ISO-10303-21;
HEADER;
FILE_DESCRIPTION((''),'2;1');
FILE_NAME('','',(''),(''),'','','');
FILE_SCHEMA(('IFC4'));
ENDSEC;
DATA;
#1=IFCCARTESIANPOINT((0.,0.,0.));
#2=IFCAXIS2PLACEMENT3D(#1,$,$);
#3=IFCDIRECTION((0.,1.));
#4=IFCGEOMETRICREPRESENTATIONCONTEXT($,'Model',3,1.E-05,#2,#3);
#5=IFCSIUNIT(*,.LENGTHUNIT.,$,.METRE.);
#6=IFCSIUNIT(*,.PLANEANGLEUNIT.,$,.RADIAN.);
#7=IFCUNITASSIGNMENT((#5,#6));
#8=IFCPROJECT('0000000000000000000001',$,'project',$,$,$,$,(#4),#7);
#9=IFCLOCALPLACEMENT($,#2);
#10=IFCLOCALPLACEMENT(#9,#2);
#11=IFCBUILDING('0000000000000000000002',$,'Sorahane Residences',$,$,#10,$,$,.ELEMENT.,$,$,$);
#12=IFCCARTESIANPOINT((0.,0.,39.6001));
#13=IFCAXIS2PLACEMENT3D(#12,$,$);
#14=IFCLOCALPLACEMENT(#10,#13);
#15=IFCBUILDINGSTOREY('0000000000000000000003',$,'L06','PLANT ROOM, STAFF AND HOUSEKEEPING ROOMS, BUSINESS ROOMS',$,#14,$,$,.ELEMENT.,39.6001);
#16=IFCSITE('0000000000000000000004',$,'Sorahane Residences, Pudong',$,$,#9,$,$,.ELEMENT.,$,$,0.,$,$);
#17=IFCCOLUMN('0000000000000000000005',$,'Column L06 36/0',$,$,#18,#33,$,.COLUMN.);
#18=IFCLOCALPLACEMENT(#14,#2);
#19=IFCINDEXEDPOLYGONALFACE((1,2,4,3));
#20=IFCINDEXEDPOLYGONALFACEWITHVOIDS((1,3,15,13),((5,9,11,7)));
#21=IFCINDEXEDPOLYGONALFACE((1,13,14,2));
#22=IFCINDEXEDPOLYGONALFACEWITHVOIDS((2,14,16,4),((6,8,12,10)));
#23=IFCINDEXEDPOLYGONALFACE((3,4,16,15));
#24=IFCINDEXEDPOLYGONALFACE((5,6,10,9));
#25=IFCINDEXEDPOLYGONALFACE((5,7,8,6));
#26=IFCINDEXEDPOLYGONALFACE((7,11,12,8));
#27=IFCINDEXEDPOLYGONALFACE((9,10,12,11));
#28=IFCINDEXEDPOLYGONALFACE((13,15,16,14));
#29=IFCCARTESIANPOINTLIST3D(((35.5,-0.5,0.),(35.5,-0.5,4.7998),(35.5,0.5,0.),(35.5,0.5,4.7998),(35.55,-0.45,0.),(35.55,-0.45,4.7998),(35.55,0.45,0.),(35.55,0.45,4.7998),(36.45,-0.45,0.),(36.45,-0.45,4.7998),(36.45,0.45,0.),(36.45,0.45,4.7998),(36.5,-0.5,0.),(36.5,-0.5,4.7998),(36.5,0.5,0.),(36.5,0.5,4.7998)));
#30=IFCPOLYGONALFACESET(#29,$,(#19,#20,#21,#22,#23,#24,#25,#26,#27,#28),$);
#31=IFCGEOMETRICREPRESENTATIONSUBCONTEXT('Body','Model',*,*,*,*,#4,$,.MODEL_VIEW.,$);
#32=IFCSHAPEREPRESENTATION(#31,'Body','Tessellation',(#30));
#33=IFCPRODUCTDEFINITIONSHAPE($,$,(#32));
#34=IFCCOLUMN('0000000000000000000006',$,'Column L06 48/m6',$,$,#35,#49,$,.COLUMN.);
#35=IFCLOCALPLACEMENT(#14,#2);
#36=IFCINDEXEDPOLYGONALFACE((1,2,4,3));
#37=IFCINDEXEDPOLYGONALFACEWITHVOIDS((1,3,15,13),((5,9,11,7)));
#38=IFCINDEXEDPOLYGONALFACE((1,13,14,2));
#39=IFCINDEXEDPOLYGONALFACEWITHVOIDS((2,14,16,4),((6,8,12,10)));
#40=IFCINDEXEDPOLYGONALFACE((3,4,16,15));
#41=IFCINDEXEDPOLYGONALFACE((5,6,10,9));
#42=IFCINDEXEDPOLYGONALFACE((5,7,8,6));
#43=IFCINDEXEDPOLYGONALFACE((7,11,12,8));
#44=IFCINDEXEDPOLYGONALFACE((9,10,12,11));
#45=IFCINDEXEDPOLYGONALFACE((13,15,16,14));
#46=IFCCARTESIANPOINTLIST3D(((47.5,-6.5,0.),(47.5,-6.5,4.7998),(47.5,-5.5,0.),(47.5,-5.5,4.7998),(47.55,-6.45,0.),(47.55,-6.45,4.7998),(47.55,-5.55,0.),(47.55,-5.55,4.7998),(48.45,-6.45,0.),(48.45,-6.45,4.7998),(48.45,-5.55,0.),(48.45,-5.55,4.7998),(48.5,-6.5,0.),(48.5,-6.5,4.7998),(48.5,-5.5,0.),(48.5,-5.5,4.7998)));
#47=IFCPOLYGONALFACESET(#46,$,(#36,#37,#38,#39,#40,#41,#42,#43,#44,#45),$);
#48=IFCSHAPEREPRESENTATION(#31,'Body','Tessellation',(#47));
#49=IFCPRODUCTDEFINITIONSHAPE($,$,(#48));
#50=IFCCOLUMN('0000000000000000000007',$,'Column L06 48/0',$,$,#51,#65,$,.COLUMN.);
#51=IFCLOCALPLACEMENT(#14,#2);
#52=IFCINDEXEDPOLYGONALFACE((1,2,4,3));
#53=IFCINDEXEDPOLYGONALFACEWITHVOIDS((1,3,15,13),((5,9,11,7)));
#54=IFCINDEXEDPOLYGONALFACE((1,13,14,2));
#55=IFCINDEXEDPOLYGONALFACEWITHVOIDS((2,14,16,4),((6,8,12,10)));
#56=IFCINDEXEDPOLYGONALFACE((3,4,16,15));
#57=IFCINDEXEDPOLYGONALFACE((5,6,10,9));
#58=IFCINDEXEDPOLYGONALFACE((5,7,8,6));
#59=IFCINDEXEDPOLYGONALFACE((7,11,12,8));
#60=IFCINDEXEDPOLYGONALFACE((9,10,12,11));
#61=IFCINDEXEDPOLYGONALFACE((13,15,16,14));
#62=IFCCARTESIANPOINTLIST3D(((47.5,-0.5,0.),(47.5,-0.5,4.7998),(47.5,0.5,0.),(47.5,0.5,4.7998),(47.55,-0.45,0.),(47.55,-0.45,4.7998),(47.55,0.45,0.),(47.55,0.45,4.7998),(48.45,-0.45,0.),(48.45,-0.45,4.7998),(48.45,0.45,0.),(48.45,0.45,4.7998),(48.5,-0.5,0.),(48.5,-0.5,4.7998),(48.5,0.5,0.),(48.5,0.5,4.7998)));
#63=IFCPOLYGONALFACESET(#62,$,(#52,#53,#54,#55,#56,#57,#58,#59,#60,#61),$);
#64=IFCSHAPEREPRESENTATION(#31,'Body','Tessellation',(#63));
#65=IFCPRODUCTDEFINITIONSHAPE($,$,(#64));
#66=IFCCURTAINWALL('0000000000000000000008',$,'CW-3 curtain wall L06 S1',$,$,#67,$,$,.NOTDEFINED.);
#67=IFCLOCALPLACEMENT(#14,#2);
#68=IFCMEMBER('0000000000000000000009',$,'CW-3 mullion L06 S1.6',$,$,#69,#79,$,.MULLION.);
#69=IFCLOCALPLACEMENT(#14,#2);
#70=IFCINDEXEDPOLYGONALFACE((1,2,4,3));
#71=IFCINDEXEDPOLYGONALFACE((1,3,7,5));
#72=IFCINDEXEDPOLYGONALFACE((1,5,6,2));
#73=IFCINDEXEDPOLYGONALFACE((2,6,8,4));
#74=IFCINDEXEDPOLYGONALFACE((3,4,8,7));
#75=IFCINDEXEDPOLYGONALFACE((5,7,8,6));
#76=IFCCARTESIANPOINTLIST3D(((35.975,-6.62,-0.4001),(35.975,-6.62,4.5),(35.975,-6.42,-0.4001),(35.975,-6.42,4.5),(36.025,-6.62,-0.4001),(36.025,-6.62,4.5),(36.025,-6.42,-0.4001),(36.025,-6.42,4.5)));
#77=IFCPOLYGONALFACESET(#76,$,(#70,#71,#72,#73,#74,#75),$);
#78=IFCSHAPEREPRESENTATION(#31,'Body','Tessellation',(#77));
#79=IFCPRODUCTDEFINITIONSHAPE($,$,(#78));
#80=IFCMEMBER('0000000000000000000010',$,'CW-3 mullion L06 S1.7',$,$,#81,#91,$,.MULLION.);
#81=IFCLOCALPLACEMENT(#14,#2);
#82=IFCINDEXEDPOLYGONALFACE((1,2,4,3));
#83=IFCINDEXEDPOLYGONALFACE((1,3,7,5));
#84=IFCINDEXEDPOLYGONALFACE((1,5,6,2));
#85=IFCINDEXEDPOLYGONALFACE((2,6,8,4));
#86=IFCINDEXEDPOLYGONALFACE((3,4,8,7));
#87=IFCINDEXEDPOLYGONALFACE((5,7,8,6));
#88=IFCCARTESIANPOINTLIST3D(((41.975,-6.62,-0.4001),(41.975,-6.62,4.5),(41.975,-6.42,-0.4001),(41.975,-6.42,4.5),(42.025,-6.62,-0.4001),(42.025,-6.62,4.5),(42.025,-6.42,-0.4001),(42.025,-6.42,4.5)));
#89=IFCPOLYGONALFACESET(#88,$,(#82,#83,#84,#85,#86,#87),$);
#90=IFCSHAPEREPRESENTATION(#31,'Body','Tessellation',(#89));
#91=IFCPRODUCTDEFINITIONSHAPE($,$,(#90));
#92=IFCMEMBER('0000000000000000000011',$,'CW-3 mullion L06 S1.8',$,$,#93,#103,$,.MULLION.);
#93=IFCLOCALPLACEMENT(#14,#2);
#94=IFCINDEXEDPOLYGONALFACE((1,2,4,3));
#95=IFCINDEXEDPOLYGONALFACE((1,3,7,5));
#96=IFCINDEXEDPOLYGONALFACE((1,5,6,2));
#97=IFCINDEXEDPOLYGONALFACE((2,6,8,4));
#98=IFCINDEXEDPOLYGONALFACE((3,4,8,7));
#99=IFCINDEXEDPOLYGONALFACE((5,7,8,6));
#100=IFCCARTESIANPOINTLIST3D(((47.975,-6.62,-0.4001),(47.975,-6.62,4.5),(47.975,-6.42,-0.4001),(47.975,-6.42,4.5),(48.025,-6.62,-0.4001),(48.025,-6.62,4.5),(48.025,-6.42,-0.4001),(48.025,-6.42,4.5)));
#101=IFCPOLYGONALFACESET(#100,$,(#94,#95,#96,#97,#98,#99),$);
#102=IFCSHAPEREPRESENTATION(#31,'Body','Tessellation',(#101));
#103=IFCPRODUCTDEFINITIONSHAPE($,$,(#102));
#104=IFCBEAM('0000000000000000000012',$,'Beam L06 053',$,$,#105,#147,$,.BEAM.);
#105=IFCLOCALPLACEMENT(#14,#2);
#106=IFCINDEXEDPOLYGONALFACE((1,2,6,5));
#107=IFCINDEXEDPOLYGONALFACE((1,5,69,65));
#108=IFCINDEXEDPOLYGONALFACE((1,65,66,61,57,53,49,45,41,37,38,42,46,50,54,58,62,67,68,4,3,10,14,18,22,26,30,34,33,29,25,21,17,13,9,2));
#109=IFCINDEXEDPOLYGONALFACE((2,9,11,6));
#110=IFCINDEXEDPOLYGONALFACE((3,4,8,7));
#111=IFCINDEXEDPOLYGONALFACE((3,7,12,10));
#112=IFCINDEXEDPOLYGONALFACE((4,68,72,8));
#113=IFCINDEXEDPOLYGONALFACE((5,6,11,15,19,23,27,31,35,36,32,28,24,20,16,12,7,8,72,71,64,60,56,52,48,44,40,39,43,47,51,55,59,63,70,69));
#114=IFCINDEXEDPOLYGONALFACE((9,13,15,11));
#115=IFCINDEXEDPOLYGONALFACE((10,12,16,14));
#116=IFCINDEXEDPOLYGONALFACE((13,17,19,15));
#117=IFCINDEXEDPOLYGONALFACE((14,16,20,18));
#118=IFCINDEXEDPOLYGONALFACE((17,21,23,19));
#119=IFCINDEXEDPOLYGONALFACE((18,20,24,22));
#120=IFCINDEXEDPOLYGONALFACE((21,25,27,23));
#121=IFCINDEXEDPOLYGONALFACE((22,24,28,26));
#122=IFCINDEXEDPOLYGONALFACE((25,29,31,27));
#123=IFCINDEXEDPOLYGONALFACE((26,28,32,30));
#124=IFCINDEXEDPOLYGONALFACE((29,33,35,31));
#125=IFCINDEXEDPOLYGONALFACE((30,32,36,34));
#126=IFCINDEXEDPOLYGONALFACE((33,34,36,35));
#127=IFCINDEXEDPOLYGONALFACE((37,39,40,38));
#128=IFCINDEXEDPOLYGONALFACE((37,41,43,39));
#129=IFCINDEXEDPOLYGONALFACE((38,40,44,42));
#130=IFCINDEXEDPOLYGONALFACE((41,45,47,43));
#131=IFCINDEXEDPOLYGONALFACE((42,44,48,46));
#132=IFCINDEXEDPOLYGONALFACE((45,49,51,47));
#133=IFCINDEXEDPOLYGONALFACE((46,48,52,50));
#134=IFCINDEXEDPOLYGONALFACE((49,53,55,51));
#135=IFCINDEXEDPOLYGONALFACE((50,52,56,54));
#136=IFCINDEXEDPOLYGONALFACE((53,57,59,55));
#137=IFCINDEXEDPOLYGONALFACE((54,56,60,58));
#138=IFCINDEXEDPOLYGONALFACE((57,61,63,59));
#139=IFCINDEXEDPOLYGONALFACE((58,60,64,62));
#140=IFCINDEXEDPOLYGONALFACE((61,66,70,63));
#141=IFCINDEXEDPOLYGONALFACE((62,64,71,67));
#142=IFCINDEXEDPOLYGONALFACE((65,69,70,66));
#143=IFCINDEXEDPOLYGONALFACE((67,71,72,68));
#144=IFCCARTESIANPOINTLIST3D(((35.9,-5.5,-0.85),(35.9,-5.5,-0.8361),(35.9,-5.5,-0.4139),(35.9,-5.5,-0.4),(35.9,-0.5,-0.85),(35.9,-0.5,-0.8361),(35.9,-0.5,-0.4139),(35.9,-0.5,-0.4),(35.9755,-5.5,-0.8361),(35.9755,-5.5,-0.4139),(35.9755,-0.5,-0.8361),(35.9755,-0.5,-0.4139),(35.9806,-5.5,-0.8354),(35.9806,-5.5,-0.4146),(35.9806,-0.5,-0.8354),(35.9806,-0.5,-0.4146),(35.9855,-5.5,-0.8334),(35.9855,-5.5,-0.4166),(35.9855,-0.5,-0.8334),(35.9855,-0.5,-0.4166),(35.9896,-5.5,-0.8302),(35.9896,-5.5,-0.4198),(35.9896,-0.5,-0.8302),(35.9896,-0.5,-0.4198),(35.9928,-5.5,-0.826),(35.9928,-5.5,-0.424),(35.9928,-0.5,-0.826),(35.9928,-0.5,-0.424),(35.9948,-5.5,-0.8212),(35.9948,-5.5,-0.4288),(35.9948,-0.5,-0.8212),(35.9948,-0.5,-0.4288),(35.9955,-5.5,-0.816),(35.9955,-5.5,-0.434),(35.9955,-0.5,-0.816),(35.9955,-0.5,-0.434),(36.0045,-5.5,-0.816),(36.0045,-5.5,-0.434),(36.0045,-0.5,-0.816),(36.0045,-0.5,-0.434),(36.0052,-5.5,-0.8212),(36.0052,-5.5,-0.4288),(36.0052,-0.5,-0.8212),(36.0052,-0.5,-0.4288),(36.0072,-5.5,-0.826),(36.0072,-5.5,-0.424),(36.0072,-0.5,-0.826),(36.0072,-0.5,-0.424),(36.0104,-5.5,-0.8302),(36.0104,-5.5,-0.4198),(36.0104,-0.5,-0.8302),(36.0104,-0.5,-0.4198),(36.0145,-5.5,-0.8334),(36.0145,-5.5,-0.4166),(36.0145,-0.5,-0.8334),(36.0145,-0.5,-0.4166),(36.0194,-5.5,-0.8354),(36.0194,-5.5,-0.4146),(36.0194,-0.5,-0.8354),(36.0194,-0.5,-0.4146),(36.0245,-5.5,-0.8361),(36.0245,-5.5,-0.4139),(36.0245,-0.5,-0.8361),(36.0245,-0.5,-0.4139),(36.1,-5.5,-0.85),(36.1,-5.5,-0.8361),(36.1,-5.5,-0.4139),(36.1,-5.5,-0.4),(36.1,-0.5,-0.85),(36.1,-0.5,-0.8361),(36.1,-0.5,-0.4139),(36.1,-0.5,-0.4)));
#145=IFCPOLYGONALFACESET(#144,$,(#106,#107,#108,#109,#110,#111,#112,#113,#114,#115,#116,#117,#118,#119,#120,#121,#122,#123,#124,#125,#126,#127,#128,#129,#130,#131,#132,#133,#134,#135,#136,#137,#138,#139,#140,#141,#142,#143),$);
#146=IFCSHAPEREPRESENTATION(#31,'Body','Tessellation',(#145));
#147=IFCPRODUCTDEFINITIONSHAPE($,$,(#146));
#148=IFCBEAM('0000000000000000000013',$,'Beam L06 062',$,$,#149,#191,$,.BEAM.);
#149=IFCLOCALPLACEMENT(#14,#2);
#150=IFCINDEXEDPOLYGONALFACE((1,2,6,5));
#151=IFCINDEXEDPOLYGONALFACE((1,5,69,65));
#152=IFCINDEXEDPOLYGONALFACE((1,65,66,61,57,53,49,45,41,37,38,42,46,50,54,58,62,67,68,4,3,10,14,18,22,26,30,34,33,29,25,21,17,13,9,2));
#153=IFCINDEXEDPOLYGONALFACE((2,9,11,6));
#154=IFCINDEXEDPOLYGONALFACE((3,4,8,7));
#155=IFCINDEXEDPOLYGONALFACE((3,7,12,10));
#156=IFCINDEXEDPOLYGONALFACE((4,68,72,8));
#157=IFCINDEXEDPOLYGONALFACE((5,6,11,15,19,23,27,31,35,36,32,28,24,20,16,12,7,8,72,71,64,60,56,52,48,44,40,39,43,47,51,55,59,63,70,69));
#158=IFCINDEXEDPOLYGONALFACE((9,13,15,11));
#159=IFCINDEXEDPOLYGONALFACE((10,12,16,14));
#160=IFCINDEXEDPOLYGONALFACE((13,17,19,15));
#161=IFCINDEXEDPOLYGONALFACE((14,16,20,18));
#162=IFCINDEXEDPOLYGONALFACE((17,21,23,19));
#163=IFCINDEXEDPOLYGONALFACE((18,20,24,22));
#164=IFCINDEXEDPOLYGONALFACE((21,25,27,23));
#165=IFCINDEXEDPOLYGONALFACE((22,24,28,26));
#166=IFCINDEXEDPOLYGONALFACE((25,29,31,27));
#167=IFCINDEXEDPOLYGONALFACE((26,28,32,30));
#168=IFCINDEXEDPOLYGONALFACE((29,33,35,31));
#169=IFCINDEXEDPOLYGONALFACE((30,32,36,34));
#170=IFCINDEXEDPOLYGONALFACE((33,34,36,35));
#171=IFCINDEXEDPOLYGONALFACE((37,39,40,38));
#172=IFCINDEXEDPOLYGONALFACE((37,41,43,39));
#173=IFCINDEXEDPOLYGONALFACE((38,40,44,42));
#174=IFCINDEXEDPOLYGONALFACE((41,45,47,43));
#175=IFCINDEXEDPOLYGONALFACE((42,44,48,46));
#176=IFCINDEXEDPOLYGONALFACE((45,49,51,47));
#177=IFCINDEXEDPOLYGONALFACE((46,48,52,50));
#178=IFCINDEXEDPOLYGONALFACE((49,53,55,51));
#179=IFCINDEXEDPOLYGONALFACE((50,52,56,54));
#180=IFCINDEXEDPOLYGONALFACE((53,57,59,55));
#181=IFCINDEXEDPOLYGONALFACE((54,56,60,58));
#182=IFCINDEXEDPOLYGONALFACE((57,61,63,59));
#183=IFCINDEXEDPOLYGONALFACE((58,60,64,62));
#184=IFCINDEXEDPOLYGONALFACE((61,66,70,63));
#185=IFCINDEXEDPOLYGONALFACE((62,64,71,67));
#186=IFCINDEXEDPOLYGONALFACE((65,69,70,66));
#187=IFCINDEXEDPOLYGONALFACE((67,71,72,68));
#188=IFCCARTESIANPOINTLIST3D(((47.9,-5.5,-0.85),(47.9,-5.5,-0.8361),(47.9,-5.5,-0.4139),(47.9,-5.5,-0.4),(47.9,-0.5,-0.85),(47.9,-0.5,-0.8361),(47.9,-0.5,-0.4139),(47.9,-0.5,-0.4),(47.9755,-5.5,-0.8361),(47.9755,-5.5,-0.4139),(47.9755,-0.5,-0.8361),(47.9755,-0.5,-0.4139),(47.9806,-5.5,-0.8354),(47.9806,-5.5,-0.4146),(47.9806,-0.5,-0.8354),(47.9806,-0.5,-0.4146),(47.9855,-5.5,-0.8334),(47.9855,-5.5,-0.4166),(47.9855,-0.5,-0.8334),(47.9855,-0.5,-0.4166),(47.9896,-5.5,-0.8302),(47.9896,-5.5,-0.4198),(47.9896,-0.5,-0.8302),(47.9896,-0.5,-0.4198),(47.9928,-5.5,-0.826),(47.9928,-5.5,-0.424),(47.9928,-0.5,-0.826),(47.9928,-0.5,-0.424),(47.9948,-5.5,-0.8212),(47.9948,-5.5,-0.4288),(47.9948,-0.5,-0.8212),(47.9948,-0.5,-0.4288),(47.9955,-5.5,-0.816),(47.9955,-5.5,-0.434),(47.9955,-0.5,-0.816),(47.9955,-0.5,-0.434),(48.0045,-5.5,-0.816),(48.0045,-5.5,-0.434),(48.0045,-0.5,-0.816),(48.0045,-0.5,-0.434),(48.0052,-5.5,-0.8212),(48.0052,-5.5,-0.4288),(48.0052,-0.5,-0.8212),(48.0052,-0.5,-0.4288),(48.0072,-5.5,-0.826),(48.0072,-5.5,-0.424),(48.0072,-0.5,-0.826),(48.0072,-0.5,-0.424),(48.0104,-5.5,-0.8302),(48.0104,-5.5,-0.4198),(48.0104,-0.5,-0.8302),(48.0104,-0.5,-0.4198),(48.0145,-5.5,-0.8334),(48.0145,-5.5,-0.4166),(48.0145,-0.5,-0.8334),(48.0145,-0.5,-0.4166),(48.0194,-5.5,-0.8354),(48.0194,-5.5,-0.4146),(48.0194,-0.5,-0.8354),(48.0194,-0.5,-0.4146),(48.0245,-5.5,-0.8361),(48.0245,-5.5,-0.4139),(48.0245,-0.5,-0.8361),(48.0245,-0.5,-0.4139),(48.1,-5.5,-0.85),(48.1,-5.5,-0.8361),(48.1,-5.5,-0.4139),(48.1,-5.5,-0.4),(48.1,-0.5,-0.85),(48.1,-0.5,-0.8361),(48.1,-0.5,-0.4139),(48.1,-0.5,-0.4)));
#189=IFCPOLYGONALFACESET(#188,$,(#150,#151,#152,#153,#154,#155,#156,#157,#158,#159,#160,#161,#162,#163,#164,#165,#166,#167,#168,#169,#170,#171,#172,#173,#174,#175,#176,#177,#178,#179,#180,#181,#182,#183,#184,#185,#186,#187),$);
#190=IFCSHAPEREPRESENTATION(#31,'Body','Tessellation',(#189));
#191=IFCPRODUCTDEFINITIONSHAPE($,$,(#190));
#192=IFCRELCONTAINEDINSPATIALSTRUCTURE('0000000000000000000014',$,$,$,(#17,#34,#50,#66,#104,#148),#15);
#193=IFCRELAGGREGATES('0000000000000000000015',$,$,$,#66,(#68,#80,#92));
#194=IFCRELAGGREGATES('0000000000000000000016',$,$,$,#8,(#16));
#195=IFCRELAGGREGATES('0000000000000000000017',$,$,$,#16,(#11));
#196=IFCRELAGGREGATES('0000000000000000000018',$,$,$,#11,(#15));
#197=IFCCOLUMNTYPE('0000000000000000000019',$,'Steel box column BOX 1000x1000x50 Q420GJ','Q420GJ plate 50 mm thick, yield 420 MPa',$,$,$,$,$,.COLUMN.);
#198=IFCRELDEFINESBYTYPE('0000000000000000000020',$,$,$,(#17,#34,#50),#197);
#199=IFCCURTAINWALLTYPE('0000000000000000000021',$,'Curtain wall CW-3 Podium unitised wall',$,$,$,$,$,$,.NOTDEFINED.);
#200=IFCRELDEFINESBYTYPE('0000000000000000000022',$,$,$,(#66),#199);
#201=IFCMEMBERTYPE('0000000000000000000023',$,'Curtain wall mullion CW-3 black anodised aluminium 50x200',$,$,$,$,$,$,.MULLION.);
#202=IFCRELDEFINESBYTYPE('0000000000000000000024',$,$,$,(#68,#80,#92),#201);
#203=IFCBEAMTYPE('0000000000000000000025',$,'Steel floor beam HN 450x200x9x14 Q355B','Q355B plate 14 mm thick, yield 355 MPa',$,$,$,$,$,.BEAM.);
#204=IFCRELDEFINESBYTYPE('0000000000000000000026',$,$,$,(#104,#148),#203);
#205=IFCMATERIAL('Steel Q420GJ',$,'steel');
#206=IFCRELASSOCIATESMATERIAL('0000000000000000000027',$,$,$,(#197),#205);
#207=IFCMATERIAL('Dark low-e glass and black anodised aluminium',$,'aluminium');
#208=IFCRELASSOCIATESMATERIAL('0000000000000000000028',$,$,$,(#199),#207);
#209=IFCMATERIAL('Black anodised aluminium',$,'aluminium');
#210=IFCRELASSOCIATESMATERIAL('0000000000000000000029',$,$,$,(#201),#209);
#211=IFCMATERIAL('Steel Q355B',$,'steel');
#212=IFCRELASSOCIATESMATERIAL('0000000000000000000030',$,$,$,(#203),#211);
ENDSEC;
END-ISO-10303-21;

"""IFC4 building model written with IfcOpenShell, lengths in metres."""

from ifc_helpers import new_model, si_unit, direction, frame, origin, origin_2d, place, context, subcontext, project, spatial, rectangle, hollow_rectangle, i_section, extrude, material, material_profile, profile_set, type_object, element, aggregate, save


model = new_model("IFC4")

# Units and contexts
model_context = context("Model", 3, precision=1e-05, world=origin(), true_north=direction((0.0, 1.0)))
body_context = subcontext(model_context, "Body", "Model", "MODEL_VIEW")
ifc_project = project(units=[si_unit("LENGTHUNIT", "METRE"), si_unit("PLANEANGLEUNIT", "RADIAN")], contexts=[model_context])

# Site, building, storey
site_placement = place(None, origin())
site = spatial("IfcSite", under=ifc_project, at=site_placement, Name="Sorahane Residences, Pudong", CompositionType="ELEMENT", RefElevation=0.0)
building_placement = place(site_placement, origin())
building = spatial("IfcBuilding", under=site, at=building_placement, Name="Sorahane Residences", CompositionType="ELEMENT")
storey_placement = place(building_placement, frame((0.0, 0.0, 39.6001)))
storey = spatial("IfcBuildingStorey", under=building, at=storey_placement, Name="L06", Description="PLANT ROOM, STAFF AND HOUSEKEEPING ROOMS, BUSINESS ROOMS", CompositionType="ELEMENT", Elevation=39.6001)

# Columns
ifc_material_1 = material(Name="Steel Q420GJ", Category="steel")
ifc_material_profile_1 = material_profile(ifc_material_1, hollow_rectangle(XDim=1.0, YDim=1.0, WallThickness=0.05, at=origin_2d()), Name="BOX 1000x1000x50")
ifc_profile_set_1 = profile_set([ifc_material_profile_1], Name="Steel Q420GJ")
column_type = type_object("IfcColumnType", Name="Steel box column BOX 1000x1000x50 Q420GJ", Description="Q420GJ plate 50 mm thick, yield 420 MPa", PredefinedType="COLUMN", material=ifc_profile_set_1)
for number, where, z_axis, x_axis, name in (
    (1, (36.0, 0.0, 0.0), (0.0, 0.0, 1.0), (1.0, 0.0, 0.0), "Column L06 36/0"),
    (2, (48.0, -6.0, 0.0), (0.0, 0.0, 1.0), (1.0, 0.0, 0.0), "Column L06 48/m6"),
    (3, (48.0, 0.0, 0.0), (0.0, 0.0, 1.0), (1.0, 0.0, 0.0), "Column L06 48/0"),
):
    element("IfcColumn", number, at=place(storey_placement, frame(where, z_axis=z_axis, x_axis=x_axis)), inside=storey, type_object=column_type, Name=name, PredefinedType="COLUMN", context=body_context, shape_type="SweptSolid", body=[
        extrude(hollow_rectangle(XDim=1.0, YDim=1.0, WallThickness=0.05, at=origin_2d()), origin(), (0.0, 0.0, 1.0), 4.7998),
    ])

# Curtain wall, members
ifc_material_2 = material(Name="Dark low-e glass and black anodised aluminium", Category="aluminium")
curtain_wall_type = type_object("IfcCurtainWallType", Name="Curtain wall CW-3 Podium unitised wall", PredefinedType="NOTDEFINED", material=ifc_material_2)
curtain_wall_placement = place(storey_placement, origin())
curtain_wall = element("IfcCurtainWall", 4, at=curtain_wall_placement, inside=storey, type_object=curtain_wall_type, Name="CW-3 curtain wall L06 S1", PredefinedType="NOTDEFINED")
ifc_material_3 = material(Name="Black anodised aluminium", Category="aluminium")
ifc_material_profile_2 = material_profile(ifc_material_3, rectangle(XDim=0.2, YDim=0.05, at=origin_2d()), Name="Curtain wall mullion CW-3 black anodised aluminium 50x200")
ifc_profile_set_2 = profile_set([ifc_material_profile_2], Name="Black anodised aluminium")
member_type = type_object("IfcMemberType", Name="Curtain wall mullion CW-3 black anodised aluminium 50x200", PredefinedType="MULLION", material=ifc_profile_set_2)
member_1_placement = place(storey_placement, frame((36.0, -6.52, -0.4001), z_axis=(0.0, 0.0, 1.0), x_axis=(0.0, -1.0, 0.0)))
member_1 = element("IfcMember", 5, at=member_1_placement, type_object=member_type, Name="CW-3 mullion L06 S1.6", PredefinedType="MULLION", context=body_context, shape_type="SweptSolid", body=[
    extrude(rectangle(XDim=0.2, YDim=0.05, at=origin_2d()), origin(), (0.0, 0.0, 1.0), 4.9001),
])
member_2_placement = place(storey_placement, frame((42.0, -6.52, -0.4001), z_axis=(0.0, 0.0, 1.0), x_axis=(0.0, -1.0, 0.0)))
member_2 = element("IfcMember", 6, at=member_2_placement, type_object=member_type, Name="CW-3 mullion L06 S1.7", PredefinedType="MULLION", context=body_context, shape_type="SweptSolid", body=[
    extrude(rectangle(XDim=0.2, YDim=0.05, at=origin_2d()), origin(), (0.0, 0.0, 1.0), 4.9001),
])
member_3_placement = place(storey_placement, frame((48.0, -6.52, -0.4001), z_axis=(0.0, 0.0, 1.0), x_axis=(0.0, -1.0, 0.0)))
member_3 = element("IfcMember", 7, at=member_3_placement, type_object=member_type, Name="CW-3 mullion L06 S1.8", PredefinedType="MULLION", context=body_context, shape_type="SweptSolid", body=[
    extrude(rectangle(XDim=0.2, YDim=0.05, at=origin_2d()), origin(), (0.0, 0.0, 1.0), 4.9001),
])

# Beams
ifc_material_4 = material(Name="Steel Q355B", Category="steel")
ifc_material_profile_3 = material_profile(ifc_material_4, i_section(OverallWidth=0.2, OverallDepth=0.45, WebThickness=0.009, FlangeThickness=0.0139, FilletRadius=0.02, at=origin_2d()), Name="HN 450x200x9x14")
ifc_profile_set_3 = profile_set([ifc_material_profile_3], Name="Steel Q355B")
beam_type_1 = type_object("IfcBeamType", Name="Steel floor beam HN 450x200x9x14 Q355B", Description="Q355B plate 14 mm thick, yield 355 MPa", PredefinedType="BEAM", material=ifc_profile_set_3)
for number, where, z_axis, x_axis, name in (
    (8, (36.0, -5.5, -0.625), (0.0, 1.0, 0.0), (-1.0, 0.0, 0.0), "Beam L06 053"),
    (9, (48.0, -5.5, -0.625), (0.0, 1.0, 0.0), (-1.0, 0.0, 0.0), "Beam L06 062"),
):
    element("IfcBeam", number, at=place(storey_placement, frame(where, z_axis=z_axis, x_axis=x_axis)), inside=storey, type_object=beam_type_1, Name=name, PredefinedType="BEAM", context=body_context, shape_type="SweptSolid", body=[
        extrude(i_section(OverallWidth=0.2, OverallDepth=0.45, WebThickness=0.009, FlangeThickness=0.0139, FilletRadius=0.02, at=origin_2d()), origin(), (0.0, 0.0, 1.0), 5.0),
    ])

aggregate(curtain_wall, [member_1, member_2, member_3])

save(model, "model.ifc")
